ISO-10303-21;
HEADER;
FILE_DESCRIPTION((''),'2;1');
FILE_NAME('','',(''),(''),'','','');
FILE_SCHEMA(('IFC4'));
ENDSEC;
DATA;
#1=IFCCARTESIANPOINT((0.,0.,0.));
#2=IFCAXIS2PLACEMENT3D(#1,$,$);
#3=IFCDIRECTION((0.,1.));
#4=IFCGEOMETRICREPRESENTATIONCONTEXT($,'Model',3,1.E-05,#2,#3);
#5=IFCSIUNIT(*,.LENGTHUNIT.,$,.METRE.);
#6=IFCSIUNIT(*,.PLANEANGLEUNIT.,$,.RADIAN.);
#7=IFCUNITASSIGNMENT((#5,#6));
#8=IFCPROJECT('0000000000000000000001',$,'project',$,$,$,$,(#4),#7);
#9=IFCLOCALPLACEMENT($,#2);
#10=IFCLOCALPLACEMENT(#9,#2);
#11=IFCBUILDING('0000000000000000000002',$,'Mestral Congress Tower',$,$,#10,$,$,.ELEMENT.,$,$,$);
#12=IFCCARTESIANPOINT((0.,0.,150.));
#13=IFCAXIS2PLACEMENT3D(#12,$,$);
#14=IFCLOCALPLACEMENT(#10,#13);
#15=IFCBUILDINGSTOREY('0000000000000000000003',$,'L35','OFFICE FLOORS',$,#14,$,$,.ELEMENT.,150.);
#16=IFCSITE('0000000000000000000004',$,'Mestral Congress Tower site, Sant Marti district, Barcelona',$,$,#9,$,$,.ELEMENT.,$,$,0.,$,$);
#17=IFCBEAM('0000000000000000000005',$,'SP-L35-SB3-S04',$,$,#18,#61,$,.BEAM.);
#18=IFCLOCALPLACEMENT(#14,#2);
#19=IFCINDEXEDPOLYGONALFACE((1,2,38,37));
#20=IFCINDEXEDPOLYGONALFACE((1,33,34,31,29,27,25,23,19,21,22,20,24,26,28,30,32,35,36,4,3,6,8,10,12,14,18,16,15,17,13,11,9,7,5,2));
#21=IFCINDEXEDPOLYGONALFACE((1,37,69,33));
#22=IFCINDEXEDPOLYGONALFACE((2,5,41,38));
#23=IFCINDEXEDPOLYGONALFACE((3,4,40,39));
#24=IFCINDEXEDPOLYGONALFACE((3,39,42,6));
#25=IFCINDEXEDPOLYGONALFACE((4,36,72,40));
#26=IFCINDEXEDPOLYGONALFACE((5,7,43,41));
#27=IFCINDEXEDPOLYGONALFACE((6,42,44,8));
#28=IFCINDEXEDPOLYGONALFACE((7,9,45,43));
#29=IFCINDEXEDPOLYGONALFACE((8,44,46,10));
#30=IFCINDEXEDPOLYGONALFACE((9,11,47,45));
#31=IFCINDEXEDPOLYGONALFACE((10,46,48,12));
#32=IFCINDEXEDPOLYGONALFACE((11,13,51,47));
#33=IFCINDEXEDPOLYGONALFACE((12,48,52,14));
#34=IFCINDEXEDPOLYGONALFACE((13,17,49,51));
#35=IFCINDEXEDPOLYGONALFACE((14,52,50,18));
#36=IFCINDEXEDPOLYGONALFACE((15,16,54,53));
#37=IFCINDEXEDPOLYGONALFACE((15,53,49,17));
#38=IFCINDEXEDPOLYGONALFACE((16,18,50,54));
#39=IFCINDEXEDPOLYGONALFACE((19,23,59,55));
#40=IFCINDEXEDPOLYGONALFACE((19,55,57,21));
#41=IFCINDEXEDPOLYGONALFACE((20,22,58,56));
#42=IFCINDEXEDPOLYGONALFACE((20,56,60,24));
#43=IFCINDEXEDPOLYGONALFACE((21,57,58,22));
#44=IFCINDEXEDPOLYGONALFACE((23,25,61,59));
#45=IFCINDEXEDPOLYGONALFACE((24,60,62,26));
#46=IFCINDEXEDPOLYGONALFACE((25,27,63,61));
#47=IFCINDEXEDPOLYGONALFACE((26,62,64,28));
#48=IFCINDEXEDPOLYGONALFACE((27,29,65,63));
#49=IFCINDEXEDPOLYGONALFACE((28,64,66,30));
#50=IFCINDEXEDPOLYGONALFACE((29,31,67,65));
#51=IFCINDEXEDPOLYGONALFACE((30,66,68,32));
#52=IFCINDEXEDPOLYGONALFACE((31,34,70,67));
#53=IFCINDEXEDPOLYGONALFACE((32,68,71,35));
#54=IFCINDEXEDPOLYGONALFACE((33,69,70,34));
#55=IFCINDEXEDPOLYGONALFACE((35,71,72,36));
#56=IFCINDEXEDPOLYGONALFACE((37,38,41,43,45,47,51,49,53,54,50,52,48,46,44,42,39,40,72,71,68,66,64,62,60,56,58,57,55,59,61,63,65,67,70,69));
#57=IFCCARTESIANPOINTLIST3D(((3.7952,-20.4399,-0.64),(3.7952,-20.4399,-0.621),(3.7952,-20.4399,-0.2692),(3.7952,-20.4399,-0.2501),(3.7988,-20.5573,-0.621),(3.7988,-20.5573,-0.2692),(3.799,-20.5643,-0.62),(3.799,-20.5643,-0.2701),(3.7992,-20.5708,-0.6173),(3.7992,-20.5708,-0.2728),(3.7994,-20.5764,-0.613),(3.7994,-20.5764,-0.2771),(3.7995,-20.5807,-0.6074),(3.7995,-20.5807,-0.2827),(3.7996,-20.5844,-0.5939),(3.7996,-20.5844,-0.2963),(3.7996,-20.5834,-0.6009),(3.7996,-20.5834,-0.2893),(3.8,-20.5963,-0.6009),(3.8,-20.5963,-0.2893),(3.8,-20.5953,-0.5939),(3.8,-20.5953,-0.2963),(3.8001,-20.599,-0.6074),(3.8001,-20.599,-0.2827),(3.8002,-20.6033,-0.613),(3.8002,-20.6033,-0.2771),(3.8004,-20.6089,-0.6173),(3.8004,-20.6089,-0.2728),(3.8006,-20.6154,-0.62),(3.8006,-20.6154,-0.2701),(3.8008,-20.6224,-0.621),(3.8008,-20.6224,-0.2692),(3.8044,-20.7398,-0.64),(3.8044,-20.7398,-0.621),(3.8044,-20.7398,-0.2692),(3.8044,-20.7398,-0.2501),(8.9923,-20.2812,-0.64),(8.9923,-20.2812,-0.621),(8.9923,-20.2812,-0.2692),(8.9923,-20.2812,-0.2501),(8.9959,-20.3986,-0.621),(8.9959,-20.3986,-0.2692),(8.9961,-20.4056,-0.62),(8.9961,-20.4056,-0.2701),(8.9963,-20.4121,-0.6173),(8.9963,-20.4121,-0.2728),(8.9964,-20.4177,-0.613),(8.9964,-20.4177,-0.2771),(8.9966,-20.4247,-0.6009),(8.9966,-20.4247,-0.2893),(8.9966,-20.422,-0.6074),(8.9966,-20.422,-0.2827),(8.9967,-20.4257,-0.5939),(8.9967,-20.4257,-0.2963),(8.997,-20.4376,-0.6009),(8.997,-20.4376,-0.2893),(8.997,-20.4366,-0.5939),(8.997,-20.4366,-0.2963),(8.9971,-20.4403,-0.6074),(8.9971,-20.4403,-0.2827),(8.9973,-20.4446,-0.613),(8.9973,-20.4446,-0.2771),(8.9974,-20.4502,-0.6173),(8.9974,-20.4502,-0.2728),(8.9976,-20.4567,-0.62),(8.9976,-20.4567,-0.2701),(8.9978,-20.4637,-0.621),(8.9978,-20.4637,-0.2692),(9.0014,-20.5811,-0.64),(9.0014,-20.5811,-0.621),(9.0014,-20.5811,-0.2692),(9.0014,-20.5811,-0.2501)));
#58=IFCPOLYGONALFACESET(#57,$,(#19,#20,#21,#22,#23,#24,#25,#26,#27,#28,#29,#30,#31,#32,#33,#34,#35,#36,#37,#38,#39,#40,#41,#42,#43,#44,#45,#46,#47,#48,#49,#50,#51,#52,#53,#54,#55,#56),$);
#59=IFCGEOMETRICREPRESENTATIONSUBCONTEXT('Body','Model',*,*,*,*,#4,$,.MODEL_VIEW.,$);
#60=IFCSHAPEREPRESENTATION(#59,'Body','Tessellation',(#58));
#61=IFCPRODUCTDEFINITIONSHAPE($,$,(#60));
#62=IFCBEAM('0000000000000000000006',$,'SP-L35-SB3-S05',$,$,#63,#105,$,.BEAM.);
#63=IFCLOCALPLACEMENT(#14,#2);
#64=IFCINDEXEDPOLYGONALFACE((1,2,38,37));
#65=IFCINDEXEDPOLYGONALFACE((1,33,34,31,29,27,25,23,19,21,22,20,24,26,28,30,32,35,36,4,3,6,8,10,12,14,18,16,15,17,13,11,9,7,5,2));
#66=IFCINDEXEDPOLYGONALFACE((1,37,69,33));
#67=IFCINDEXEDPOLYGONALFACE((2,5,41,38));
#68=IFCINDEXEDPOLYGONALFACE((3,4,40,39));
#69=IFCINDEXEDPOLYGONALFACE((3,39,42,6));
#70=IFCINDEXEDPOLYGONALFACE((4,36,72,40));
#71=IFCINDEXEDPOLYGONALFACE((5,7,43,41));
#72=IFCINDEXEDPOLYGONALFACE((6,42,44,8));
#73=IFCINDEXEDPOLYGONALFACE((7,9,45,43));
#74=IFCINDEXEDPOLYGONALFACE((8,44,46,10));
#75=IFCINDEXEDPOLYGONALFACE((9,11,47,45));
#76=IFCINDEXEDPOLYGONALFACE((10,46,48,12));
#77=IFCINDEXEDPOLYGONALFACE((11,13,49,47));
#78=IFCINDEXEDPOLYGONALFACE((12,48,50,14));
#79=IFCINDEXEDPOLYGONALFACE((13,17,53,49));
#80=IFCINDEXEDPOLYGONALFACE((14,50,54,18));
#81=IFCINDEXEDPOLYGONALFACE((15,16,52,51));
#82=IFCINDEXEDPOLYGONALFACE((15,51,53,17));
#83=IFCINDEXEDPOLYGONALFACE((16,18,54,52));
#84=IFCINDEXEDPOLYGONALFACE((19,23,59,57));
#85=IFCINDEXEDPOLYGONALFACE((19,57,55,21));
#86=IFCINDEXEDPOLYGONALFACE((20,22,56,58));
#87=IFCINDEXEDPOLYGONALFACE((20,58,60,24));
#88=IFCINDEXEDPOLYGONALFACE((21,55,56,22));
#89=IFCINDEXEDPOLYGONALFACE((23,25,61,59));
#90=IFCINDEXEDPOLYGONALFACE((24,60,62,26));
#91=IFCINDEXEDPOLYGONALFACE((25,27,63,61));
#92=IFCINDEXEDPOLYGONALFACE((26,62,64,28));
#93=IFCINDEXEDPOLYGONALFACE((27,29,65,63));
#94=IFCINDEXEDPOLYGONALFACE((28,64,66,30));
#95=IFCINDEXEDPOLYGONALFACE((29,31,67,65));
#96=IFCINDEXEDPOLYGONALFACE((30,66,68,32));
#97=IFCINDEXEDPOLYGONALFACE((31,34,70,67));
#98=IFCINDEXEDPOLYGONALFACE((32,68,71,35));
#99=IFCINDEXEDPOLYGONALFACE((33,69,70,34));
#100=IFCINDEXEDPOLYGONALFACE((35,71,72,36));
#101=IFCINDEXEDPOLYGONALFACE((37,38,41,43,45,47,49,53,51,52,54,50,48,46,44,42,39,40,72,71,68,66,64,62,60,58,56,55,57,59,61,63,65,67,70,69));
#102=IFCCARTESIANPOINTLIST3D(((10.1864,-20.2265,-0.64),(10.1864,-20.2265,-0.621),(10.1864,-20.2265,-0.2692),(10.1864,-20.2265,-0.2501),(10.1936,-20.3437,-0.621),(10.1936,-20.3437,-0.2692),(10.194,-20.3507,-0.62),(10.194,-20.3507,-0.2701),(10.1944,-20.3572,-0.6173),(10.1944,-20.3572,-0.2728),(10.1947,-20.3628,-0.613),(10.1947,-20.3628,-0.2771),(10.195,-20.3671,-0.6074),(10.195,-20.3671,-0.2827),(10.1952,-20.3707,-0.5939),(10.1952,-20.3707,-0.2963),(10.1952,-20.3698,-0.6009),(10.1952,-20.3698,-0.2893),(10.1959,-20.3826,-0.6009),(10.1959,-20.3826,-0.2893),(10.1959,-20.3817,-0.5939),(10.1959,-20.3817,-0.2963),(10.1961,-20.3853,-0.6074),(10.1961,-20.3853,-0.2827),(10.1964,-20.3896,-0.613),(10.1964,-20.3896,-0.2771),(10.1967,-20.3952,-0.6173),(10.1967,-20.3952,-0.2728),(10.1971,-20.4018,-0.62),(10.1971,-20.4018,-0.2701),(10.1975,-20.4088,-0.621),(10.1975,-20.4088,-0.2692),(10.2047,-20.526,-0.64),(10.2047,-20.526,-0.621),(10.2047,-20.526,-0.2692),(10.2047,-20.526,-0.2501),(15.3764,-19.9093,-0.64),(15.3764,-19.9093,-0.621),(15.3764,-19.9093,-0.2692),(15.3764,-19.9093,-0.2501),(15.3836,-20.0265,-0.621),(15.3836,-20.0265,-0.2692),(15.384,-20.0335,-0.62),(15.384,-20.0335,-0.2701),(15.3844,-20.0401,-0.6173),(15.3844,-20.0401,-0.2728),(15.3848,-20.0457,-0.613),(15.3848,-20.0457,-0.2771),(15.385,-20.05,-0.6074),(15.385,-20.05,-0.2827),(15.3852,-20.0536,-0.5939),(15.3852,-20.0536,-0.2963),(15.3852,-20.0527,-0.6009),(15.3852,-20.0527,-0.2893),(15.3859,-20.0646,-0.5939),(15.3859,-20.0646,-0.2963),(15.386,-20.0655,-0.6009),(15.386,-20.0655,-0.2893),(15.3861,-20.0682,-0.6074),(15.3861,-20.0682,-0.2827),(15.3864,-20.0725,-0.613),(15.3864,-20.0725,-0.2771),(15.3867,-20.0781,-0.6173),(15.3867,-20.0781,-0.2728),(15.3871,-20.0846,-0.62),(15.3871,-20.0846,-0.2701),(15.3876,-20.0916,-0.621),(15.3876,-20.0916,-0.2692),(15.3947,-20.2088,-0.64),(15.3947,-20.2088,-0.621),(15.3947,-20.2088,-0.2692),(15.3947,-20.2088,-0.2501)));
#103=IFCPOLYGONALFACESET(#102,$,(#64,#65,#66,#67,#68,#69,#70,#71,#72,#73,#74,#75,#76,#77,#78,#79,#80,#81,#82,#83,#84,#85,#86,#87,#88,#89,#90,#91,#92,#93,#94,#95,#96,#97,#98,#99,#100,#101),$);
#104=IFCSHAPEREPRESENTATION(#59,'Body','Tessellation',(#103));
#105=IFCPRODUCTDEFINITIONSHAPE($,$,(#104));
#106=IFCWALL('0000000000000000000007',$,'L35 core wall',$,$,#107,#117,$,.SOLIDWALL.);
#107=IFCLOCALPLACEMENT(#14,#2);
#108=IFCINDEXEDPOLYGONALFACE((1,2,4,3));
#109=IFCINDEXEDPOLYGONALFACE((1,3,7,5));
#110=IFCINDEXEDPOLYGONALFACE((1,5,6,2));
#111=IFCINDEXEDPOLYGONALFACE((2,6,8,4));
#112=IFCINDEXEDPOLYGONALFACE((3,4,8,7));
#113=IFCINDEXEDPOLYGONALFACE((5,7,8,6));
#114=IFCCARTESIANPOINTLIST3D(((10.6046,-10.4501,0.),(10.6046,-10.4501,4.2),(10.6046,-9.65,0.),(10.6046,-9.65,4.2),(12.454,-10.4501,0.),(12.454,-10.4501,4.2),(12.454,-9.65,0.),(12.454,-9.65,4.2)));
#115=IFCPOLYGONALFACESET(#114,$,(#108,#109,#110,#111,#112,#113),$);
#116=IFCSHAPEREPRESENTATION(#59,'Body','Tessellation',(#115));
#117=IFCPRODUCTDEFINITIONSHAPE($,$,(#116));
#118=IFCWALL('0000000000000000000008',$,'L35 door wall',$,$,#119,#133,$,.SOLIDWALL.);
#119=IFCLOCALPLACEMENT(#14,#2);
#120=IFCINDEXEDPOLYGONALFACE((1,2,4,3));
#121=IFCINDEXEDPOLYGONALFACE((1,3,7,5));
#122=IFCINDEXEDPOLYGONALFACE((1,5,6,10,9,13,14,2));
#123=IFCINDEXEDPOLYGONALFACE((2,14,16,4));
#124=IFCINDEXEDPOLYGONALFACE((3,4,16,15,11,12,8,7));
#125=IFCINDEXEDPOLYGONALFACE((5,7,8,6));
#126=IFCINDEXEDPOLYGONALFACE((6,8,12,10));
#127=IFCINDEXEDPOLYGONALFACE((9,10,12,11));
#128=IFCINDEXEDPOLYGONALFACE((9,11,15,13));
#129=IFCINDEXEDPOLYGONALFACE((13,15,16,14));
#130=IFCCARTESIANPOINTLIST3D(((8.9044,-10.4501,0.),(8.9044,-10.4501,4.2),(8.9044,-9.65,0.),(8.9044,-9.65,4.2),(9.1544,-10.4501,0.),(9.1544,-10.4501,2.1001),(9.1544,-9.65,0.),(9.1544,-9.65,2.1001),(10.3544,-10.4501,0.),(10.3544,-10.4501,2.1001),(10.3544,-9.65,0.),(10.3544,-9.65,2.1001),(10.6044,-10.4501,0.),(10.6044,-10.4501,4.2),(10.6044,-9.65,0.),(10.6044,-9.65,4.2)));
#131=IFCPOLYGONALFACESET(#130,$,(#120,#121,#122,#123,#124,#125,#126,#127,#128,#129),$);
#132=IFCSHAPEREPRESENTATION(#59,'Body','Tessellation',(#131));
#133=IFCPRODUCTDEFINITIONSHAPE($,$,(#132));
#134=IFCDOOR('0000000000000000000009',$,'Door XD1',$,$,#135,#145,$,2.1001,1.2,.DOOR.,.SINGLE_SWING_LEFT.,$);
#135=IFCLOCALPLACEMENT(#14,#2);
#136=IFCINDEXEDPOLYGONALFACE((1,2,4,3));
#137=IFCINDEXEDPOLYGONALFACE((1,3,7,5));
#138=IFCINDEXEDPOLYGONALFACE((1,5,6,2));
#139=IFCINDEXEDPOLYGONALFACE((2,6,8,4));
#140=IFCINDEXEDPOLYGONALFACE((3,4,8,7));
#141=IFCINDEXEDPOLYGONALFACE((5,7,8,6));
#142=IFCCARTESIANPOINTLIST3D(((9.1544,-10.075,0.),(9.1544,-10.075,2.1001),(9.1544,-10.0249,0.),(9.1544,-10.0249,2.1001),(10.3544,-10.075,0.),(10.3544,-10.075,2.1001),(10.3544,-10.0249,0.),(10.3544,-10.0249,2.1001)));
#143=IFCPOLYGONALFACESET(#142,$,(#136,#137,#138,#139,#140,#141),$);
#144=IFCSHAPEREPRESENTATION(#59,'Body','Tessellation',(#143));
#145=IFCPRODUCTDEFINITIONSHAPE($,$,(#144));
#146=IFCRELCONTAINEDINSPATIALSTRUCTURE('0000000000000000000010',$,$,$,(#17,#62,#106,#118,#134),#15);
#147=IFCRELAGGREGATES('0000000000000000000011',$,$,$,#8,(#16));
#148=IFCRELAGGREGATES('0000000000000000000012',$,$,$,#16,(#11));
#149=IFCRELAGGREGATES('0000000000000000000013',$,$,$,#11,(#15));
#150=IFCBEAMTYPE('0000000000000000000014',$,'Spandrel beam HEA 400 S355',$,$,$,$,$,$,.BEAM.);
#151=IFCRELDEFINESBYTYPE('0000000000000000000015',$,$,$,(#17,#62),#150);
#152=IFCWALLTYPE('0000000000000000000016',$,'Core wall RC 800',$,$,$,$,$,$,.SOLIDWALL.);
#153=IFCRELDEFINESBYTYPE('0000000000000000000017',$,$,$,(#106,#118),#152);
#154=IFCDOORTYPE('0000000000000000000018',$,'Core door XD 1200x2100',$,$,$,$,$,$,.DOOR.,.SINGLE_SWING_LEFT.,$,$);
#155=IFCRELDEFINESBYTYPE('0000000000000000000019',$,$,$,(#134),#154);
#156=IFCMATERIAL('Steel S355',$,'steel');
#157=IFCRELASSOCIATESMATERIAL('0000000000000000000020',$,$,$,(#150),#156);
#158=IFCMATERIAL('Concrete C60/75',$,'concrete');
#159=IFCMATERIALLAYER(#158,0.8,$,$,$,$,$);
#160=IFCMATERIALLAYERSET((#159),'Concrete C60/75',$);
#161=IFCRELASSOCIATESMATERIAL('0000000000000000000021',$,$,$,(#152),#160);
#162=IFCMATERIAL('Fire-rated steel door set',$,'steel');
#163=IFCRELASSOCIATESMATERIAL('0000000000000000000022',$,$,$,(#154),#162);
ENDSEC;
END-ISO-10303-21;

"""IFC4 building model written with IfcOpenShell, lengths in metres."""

from ifc_helpers import new_model, si_unit, direction, frame, frame_2d, origin, origin_2d, place, context, subcontext, project, spatial, rectangle, i_section, extrude, material, layer, layer_set, material_profile, profile_set, type_object, element, fill, save


model = new_model("IFC4")

# Units and contexts
model_context = context("Model", 3, precision=1e-05, world=origin(), true_north=direction((0.0, 1.0)))
body_context = subcontext(model_context, "Body", "Model", "MODEL_VIEW")
ifc_project = project(units=[si_unit("LENGTHUNIT", "METRE"), si_unit("PLANEANGLEUNIT", "RADIAN")], contexts=[model_context])

# Site, building, storey
site_placement = place(None, origin())
site = spatial("IfcSite", under=ifc_project, at=site_placement, Name="Mestral Congress Tower site, Sant Marti district, Barcelona", CompositionType="ELEMENT", RefElevation=0.0)
building_placement = place(site_placement, origin())
building = spatial("IfcBuilding", under=site, at=building_placement, Name="Mestral Congress Tower", CompositionType="ELEMENT")
storey_placement = place(building_placement, frame((0.0, 0.0, 150.0)))
storey = spatial("IfcBuildingStorey", under=building, at=storey_placement, Name="L35", Description="OFFICE FLOORS", CompositionType="ELEMENT", Elevation=150.0)

# Shared definitions
ifc_material_1 = material(Name="Concrete C60/75", Category="concrete")

# Beams
ifc_material_2 = material(Name="Steel S355", Category="steel")
ifc_material_profile_1 = material_profile(ifc_material_2, i_section(OverallWidth=0.3, OverallDepth=0.3899, WebThickness=0.011, FlangeThickness=0.019, FilletRadius=0.0271, at=origin_2d()), Name="HEA 400")
ifc_profile_set_1 = profile_set([ifc_material_profile_1], Name="Steel S355")
beam_type_1 = type_object("IfcBeamType", Name="Spandrel beam HEA 400 S355", PredefinedType="BEAM", material=ifc_profile_set_1)
beam_1_placement = place(storey_placement, frame((3.7998, -20.5898, -0.4451), z_axis=(0.999534, 0.030521, 0.0), x_axis=(-0.030521, 0.999534, 0.0)))
element("IfcBeam", 1, at=beam_1_placement, inside=storey, type_object=beam_type_1, Name="SP-L35-SB3-S04", PredefinedType="BEAM", context=body_context, shape_type="SweptSolid", body=[
    extrude(i_section(OverallWidth=0.3, OverallDepth=0.3899, WebThickness=0.011, FlangeThickness=0.019, FilletRadius=0.0271, at=origin_2d()), origin(), (0.0, 0.0, 1.0), 5.1995),
])
beam_2_placement = place(storey_placement, frame((10.1956, -20.3762, -0.4451), z_axis=(0.998138, 0.060993, 0.0), x_axis=(-0.060993, 0.998138, 0.0)))
element("IfcBeam", 2, at=beam_2_placement, inside=storey, type_object=beam_type_1, Name="SP-L35-SB3-S05", PredefinedType="BEAM", context=body_context, shape_type="SweptSolid", body=[
    extrude(i_section(OverallWidth=0.3, OverallDepth=0.3899, WebThickness=0.011, FlangeThickness=0.019, FilletRadius=0.0271, at=origin_2d()), origin(), (0.0, 0.0, 1.0), 5.1997),
])

# Wall
ifc_layer_1 = layer(ifc_material_1, 0.8)
ifc_layer_set_1 = layer_set([ifc_layer_1], Name="Concrete C60/75")
wall_type_1 = type_object("IfcWallType", Name="Core wall RC 800", PredefinedType="SOLIDWALL", material=ifc_layer_set_1)
wall_1_placement = place(storey_placement, frame((10.6045, -10.05, 0.0), z_axis=(0.0, 0.0, 1.0), x_axis=(1.0, 0.0, 0.0)))
element("IfcWall", 3, at=wall_1_placement, inside=storey, type_object=wall_type_1, Name="L35 core wall", PredefinedType="SOLIDWALL", context=body_context, shape_type="SweptSolid", body=[
    extrude(rectangle(XDim=1.8494, YDim=0.8, at=frame_2d((0.9248, 0.0))), origin(), (0.0, 0.0, 1.0), 4.2),
])

# Wall, opening, door
wall_2_placement = place(storey_placement, frame((10.6045, -10.05, 0.0), z_axis=(0.0, 0.0, 1.0), x_axis=(-1.0, 0.0, 0.0)))
wall_2 = element("IfcWall", 4, at=wall_2_placement, inside=storey, type_object=wall_type_1, Name="L35 door wall", PredefinedType="SOLIDWALL", context=body_context, shape_type="SweptSolid", body=[
    extrude(rectangle(XDim=1.7, YDim=0.8, at=frame_2d((0.8501, 0.0))), origin(), (0.0, 0.0, 1.0), 4.2),
])
opening_1_placement = place(wall_2_placement, frame((0.25, 0.0, 0.0)))
opening_1 = element("IfcOpeningElement", 5, at=opening_1_placement, cuts=wall_2, PredefinedType="OPENING", context=body_context, shape_type="SweptSolid", body=[
    extrude(rectangle(XDim=1.2, YDim=2.1001, at=frame_2d((0.6001, 1.05))), frame((0.0, 0.4099, 0.0), z_axis=(0.0, -1.0, 0.0), x_axis=(1.0, 0.0, 0.0)), (0.0, 0.0, 1.0), 0.8201),
])
ifc_material_3 = material(Name="Fire-rated steel door set", Category="steel")
door_type_1 = type_object("IfcDoorType", Name="Core door XD 1200x2100", OperationType="SINGLE_SWING_LEFT", PredefinedType="DOOR", material=ifc_material_3)
door_1_placement = place(opening_1_placement, origin())
door_1 = element("IfcDoor", 6, at=door_1_placement, inside=storey, type_object=door_type_1, Name="Door XD1", OperationType="SINGLE_SWING_LEFT", OverallHeight=2.1001, OverallWidth=1.2, PredefinedType="DOOR", context=body_context, shape_type="SweptSolid", body=[
    extrude(rectangle(XDim=1.2, YDim=2.1001, at=frame_2d((0.6001, 1.05))), frame((0.0, 0.0249, 0.0), z_axis=(0.0, -1.0, 0.0), x_axis=(1.0, 0.0, 0.0)), (0.0, 0.0, 1.0), 0.05),
])
fill(opening_1, door_1)

save(model, "model.ifc")
